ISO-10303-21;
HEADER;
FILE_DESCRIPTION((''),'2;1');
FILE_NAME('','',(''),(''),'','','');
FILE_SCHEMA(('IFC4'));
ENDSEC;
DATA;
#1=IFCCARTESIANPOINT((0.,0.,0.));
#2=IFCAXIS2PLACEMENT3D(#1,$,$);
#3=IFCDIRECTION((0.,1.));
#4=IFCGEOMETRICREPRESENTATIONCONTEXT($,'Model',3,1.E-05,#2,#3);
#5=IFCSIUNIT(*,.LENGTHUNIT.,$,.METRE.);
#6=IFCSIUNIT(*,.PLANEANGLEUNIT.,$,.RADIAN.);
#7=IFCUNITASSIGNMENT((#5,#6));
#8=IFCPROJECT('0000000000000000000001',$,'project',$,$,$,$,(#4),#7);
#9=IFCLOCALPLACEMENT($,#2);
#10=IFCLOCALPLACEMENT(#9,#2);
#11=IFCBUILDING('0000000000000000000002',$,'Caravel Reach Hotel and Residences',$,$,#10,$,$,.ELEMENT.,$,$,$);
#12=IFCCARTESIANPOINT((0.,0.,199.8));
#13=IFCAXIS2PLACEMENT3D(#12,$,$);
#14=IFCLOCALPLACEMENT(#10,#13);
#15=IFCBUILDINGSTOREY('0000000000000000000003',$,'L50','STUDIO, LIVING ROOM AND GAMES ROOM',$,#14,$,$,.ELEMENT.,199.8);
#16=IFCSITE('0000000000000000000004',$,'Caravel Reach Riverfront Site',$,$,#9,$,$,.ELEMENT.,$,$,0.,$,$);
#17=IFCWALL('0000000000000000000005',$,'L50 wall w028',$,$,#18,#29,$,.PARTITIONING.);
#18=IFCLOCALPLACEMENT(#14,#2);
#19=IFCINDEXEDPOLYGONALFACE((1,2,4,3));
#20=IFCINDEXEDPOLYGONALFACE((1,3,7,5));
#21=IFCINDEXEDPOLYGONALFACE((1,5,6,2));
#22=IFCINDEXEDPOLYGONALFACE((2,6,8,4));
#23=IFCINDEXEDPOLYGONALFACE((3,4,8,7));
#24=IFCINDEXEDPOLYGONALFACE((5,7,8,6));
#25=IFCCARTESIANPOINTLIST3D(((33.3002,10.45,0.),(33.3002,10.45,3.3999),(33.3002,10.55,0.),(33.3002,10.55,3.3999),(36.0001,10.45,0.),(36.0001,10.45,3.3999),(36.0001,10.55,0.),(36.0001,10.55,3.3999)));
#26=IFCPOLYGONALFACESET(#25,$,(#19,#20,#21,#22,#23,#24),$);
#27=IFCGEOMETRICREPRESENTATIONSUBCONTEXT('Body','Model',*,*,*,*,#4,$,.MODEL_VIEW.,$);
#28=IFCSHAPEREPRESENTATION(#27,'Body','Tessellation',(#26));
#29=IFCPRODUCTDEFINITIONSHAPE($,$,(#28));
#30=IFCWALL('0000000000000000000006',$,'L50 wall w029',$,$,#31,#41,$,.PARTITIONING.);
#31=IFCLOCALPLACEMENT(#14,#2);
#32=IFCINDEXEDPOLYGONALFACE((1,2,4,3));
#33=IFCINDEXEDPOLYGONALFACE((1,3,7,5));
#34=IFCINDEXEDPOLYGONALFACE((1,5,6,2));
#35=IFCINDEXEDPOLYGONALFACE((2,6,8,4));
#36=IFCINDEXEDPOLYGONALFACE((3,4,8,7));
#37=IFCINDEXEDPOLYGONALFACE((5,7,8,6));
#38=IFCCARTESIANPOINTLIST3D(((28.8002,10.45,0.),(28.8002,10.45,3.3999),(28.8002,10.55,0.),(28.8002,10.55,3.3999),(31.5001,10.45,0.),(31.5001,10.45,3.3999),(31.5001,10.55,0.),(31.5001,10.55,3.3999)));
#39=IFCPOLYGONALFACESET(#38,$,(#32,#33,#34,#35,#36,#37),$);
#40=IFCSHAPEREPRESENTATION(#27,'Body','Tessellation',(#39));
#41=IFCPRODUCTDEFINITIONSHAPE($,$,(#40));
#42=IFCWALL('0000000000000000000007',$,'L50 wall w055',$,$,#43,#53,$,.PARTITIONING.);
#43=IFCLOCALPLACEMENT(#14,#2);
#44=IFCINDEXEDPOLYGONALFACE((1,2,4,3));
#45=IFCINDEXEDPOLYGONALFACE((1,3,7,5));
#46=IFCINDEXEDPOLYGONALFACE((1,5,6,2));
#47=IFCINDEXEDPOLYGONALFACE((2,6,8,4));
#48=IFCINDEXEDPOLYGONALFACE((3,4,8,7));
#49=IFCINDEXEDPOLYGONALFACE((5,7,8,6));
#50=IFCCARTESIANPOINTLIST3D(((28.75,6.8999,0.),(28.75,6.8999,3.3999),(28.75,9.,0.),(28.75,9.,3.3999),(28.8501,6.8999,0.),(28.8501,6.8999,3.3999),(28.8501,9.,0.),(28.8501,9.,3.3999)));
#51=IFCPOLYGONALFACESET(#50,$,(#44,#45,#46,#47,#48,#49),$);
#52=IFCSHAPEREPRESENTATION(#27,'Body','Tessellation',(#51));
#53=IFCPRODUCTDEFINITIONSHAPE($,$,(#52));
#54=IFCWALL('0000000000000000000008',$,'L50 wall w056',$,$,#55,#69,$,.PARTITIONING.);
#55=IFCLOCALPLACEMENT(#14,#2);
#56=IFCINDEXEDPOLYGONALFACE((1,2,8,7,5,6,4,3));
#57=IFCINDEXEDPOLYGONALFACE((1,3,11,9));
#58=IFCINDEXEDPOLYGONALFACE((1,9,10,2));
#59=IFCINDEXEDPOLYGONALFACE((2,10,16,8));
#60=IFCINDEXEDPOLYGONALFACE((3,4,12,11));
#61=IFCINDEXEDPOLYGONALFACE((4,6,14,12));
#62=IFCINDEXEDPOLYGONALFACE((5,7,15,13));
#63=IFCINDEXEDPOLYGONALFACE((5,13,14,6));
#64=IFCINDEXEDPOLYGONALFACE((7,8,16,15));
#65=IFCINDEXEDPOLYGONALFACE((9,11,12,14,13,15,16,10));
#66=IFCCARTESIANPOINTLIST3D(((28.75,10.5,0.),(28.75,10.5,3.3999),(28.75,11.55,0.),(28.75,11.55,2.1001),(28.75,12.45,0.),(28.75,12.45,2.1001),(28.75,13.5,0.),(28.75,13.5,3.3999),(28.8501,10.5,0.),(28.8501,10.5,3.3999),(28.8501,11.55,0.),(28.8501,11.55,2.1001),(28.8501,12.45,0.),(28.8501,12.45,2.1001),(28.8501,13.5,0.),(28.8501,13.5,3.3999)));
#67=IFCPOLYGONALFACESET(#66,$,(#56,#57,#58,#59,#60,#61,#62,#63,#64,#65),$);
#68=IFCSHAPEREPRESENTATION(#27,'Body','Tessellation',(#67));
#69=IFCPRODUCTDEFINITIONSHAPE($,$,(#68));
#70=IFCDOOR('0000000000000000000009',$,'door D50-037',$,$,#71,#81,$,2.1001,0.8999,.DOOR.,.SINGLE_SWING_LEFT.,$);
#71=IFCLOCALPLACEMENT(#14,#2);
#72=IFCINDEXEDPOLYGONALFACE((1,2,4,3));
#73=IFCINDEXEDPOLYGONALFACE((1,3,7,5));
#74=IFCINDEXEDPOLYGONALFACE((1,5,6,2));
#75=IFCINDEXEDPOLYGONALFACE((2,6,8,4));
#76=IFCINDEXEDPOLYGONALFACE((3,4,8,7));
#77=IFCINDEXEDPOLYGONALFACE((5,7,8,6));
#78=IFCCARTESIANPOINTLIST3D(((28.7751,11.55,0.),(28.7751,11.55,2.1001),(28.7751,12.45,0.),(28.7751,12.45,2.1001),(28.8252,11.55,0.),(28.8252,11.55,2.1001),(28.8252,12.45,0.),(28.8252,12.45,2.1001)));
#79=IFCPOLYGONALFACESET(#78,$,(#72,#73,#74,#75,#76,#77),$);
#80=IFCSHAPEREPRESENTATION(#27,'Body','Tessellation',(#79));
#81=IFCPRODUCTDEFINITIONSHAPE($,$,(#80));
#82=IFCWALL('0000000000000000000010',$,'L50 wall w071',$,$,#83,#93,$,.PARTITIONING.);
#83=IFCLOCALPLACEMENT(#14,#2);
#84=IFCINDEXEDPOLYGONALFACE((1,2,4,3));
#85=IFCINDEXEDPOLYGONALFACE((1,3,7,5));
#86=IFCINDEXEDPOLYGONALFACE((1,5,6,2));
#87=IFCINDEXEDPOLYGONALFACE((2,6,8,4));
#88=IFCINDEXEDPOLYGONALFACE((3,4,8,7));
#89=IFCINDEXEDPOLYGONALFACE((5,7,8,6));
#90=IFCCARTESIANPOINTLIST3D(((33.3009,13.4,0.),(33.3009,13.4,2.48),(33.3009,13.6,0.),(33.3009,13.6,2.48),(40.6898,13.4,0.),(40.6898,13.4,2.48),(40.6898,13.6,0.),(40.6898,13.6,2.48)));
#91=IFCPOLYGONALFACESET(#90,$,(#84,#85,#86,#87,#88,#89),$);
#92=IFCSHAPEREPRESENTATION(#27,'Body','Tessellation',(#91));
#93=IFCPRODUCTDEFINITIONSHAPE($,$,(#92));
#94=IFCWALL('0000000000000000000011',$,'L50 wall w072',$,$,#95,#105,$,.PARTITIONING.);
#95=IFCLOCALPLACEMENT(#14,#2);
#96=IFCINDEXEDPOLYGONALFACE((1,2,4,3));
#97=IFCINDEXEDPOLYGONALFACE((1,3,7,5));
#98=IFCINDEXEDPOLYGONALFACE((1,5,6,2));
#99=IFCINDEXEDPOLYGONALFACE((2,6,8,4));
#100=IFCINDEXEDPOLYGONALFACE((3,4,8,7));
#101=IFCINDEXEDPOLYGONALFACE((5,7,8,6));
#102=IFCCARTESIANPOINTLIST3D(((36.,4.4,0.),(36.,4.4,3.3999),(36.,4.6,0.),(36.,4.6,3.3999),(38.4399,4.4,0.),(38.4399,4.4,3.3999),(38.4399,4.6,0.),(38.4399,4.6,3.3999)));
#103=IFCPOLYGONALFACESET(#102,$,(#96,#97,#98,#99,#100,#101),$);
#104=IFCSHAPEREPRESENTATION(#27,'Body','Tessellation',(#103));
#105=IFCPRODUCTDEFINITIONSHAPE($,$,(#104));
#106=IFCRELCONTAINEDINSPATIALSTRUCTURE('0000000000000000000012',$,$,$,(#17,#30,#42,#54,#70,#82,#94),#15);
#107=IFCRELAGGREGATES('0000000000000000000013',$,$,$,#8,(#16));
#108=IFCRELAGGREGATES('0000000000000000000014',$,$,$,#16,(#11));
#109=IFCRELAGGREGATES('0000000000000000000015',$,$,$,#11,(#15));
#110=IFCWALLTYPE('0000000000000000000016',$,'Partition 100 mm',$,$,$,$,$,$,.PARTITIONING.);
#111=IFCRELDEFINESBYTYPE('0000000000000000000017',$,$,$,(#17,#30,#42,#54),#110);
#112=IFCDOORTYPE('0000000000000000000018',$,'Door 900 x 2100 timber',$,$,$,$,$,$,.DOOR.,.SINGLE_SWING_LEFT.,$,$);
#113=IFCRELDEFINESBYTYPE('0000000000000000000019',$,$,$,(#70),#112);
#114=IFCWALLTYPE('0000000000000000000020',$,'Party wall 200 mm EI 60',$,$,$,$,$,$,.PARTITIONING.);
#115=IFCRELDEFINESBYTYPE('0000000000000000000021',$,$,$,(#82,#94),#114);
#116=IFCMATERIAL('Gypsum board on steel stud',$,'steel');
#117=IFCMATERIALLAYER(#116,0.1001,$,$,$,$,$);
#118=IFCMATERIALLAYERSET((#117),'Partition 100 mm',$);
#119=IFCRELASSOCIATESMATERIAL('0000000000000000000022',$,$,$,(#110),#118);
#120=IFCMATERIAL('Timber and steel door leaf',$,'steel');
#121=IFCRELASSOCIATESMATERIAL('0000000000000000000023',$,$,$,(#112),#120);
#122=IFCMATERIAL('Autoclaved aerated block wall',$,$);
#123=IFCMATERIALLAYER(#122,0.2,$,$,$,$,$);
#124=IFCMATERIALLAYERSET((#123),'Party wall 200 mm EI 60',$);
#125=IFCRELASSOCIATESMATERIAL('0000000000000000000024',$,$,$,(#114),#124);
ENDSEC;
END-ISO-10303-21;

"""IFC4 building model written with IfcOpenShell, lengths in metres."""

from ifc_helpers import new_model, si_unit, direction, frame, frame_2d, origin, place, context, subcontext, project, spatial, rectangle, extrude, material, layer, layer_set, type_object, element, fill, save


model = new_model("IFC4")

# Units and contexts
model_context = context("Model", 3, precision=1e-05, world=origin(), true_north=direction((0.0, 1.0)))
body_context = subcontext(model_context, "Body", "Model", "MODEL_VIEW")
ifc_project = project(units=[si_unit("LENGTHUNIT", "METRE"), si_unit("PLANEANGLEUNIT", "RADIAN")], contexts=[model_context])

# Site, building, storey
site_placement = place(None, origin())
site = spatial("IfcSite", under=ifc_project, at=site_placement, Name="Caravel Reach Riverfront Site", CompositionType="ELEMENT", RefElevation=0.0)
building_placement = place(site_placement, origin())
building = spatial("IfcBuilding", under=site, at=building_placement, Name="Caravel Reach Hotel and Residences", CompositionType="ELEMENT")
storey_placement = place(building_placement, frame((0.0, 0.0, 199.8)))
storey = spatial("IfcBuildingStorey", under=building, at=storey_placement, Name="L50", Description="STUDIO, LIVING ROOM AND GAMES ROOM", CompositionType="ELEMENT", Elevation=199.8)

# Walls
ifc_material_1 = material(Name="Gypsum board on steel stud", Category="steel")
ifc_layer_1 = layer(ifc_material_1, 0.1001)
ifc_layer_set_1 = layer_set([ifc_layer_1], Name="Partition 100 mm")
wall_type_1 = type_object("IfcWallType", Name="Partition 100 mm", PredefinedType="PARTITIONING", material=ifc_layer_set_1)
for number, where, z_axis, x_axis, name in (
    (1, (33.3, 10.5, 0.0), (0.0, 0.0, 1.0), (1.0, 0.0, 0.0), "L50 wall w028"),
    (2, (28.8, 10.5, 0.0), (0.0, 0.0, 1.0), (1.0, 0.0, 0.0), "L50 wall w029"),
):
    element("IfcWall", number, at=place(storey_placement, frame(where, z_axis=z_axis, x_axis=x_axis)), inside=storey, type_object=wall_type_1, Name=name, PredefinedType="PARTITIONING", context=body_context, shape_type="SweptSolid", body=[
        extrude(rectangle(XDim=2.7, YDim=0.1001, at=frame_2d((1.3501, 0.0))), origin(), (0.0, 0.0, 1.0), 3.3999),
    ])
wall_1_placement = place(storey_placement, frame((28.8, 6.8999, 0.0), z_axis=(0.0, 0.0, 1.0), x_axis=(0.0, 1.0, 0.0)))
element("IfcWall", 3, at=wall_1_placement, inside=storey, type_object=wall_type_1, Name="L50 wall w055", PredefinedType="PARTITIONING", context=body_context, shape_type="SweptSolid", body=[
    extrude(rectangle(XDim=2.1001, YDim=0.1001, at=frame_2d((1.05, 0.0))), origin(), (0.0, 0.0, 1.0), 3.3999),
])

# Wall, opening, door
wall_2_placement = place(storey_placement, frame((28.8, 10.5, 0.0), z_axis=(0.0, 0.0, 1.0), x_axis=(0.0, 1.0, 0.0)))
wall_2 = element("IfcWall", 4, at=wall_2_placement, inside=storey, type_object=wall_type_1, Name="L50 wall w056", PredefinedType="PARTITIONING", context=body_context, shape_type="SweptSolid", body=[
    extrude(rectangle(XDim=3.0, YDim=0.1001, at=frame_2d((1.5, 0.0))), origin(), (0.0, 0.0, 1.0), 3.3999),
])
opening_1_placement = place(wall_2_placement, frame((1.05, 0.0, 0.0)))
opening_1 = element("IfcOpeningElement", 5, at=opening_1_placement, cuts=wall_2, PredefinedType="OPENING", context=body_context, shape_type="SweptSolid", body=[
    extrude(rectangle(XDim=0.8999, YDim=2.1001, at=frame_2d((0.45, 1.05))), frame((0.0, 0.0601, 0.0), z_axis=(0.0, -1.0, 0.0), x_axis=(1.0, 0.0, 0.0)), (0.0, 0.0, 1.0), 0.1201),
])
ifc_material_2 = material(Name="Timber and steel door leaf", Category="steel")
door_type_1 = type_object("IfcDoorType", Name="Door 900 x 2100 timber", OperationType="SINGLE_SWING_LEFT", PredefinedType="DOOR", material=ifc_material_2)
door_1_placement = place(opening_1_placement, origin())
door_1 = element("IfcDoor", 6, at=door_1_placement, inside=storey, type_object=door_type_1, Name="door D50-037", OperationType="SINGLE_SWING_LEFT", OverallHeight=2.1001, OverallWidth=0.8999, PredefinedType="DOOR", context=body_context, shape_type="SweptSolid", body=[
    extrude(rectangle(XDim=0.8999, YDim=2.1001, at=frame_2d((0.45, 1.05))), frame((0.0, 0.0249, 0.0), z_axis=(0.0, -1.0, 0.0), x_axis=(1.0, 0.0, 0.0)), (0.0, 0.0, 1.0), 0.05),
])
fill(opening_1, door_1)

# Walls
ifc_material_3 = material(Name="Autoclaved aerated block wall")
ifc_layer_2 = layer(ifc_material_3, 0.2)
ifc_layer_set_2 = layer_set([ifc_layer_2], Name="Party wall 200 mm EI 60")
wall_type_2 = type_object("IfcWallType", Name="Party wall 200 mm EI 60", PredefinedType="PARTITIONING", material=ifc_layer_set_2)
wall_3_placement = place(storey_placement, frame((33.301, 13.5, 0.0), z_axis=(0.0, 0.0, 1.0), x_axis=(1.0, 0.0, 0.0)))
element("IfcWall", 7, at=wall_3_placement, inside=storey, type_object=wall_type_2, Name="L50 wall w071", PredefinedType="PARTITIONING", context=body_context, shape_type="SweptSolid", body=[
    extrude(rectangle(XDim=7.3889, YDim=0.2, at=frame_2d((3.6943, 0.0))), origin(), (0.0, 0.0, 1.0), 2.48),
])
wall_4_placement = place(storey_placement, frame((36.0, 4.5, 0.0), z_axis=(0.0, 0.0, 1.0), x_axis=(1.0, 0.0, 0.0)))
element("IfcWall", 8, at=wall_4_placement, inside=storey, type_object=wall_type_2, Name="L50 wall w072", PredefinedType="PARTITIONING", context=body_context, shape_type="SweptSolid", body=[
    extrude(rectangle(XDim=2.4399, YDim=0.2, at=frame_2d((1.22, 0.0))), origin(), (0.0, 0.0, 1.0), 3.3999),
])

save(model, "model.ifc")
